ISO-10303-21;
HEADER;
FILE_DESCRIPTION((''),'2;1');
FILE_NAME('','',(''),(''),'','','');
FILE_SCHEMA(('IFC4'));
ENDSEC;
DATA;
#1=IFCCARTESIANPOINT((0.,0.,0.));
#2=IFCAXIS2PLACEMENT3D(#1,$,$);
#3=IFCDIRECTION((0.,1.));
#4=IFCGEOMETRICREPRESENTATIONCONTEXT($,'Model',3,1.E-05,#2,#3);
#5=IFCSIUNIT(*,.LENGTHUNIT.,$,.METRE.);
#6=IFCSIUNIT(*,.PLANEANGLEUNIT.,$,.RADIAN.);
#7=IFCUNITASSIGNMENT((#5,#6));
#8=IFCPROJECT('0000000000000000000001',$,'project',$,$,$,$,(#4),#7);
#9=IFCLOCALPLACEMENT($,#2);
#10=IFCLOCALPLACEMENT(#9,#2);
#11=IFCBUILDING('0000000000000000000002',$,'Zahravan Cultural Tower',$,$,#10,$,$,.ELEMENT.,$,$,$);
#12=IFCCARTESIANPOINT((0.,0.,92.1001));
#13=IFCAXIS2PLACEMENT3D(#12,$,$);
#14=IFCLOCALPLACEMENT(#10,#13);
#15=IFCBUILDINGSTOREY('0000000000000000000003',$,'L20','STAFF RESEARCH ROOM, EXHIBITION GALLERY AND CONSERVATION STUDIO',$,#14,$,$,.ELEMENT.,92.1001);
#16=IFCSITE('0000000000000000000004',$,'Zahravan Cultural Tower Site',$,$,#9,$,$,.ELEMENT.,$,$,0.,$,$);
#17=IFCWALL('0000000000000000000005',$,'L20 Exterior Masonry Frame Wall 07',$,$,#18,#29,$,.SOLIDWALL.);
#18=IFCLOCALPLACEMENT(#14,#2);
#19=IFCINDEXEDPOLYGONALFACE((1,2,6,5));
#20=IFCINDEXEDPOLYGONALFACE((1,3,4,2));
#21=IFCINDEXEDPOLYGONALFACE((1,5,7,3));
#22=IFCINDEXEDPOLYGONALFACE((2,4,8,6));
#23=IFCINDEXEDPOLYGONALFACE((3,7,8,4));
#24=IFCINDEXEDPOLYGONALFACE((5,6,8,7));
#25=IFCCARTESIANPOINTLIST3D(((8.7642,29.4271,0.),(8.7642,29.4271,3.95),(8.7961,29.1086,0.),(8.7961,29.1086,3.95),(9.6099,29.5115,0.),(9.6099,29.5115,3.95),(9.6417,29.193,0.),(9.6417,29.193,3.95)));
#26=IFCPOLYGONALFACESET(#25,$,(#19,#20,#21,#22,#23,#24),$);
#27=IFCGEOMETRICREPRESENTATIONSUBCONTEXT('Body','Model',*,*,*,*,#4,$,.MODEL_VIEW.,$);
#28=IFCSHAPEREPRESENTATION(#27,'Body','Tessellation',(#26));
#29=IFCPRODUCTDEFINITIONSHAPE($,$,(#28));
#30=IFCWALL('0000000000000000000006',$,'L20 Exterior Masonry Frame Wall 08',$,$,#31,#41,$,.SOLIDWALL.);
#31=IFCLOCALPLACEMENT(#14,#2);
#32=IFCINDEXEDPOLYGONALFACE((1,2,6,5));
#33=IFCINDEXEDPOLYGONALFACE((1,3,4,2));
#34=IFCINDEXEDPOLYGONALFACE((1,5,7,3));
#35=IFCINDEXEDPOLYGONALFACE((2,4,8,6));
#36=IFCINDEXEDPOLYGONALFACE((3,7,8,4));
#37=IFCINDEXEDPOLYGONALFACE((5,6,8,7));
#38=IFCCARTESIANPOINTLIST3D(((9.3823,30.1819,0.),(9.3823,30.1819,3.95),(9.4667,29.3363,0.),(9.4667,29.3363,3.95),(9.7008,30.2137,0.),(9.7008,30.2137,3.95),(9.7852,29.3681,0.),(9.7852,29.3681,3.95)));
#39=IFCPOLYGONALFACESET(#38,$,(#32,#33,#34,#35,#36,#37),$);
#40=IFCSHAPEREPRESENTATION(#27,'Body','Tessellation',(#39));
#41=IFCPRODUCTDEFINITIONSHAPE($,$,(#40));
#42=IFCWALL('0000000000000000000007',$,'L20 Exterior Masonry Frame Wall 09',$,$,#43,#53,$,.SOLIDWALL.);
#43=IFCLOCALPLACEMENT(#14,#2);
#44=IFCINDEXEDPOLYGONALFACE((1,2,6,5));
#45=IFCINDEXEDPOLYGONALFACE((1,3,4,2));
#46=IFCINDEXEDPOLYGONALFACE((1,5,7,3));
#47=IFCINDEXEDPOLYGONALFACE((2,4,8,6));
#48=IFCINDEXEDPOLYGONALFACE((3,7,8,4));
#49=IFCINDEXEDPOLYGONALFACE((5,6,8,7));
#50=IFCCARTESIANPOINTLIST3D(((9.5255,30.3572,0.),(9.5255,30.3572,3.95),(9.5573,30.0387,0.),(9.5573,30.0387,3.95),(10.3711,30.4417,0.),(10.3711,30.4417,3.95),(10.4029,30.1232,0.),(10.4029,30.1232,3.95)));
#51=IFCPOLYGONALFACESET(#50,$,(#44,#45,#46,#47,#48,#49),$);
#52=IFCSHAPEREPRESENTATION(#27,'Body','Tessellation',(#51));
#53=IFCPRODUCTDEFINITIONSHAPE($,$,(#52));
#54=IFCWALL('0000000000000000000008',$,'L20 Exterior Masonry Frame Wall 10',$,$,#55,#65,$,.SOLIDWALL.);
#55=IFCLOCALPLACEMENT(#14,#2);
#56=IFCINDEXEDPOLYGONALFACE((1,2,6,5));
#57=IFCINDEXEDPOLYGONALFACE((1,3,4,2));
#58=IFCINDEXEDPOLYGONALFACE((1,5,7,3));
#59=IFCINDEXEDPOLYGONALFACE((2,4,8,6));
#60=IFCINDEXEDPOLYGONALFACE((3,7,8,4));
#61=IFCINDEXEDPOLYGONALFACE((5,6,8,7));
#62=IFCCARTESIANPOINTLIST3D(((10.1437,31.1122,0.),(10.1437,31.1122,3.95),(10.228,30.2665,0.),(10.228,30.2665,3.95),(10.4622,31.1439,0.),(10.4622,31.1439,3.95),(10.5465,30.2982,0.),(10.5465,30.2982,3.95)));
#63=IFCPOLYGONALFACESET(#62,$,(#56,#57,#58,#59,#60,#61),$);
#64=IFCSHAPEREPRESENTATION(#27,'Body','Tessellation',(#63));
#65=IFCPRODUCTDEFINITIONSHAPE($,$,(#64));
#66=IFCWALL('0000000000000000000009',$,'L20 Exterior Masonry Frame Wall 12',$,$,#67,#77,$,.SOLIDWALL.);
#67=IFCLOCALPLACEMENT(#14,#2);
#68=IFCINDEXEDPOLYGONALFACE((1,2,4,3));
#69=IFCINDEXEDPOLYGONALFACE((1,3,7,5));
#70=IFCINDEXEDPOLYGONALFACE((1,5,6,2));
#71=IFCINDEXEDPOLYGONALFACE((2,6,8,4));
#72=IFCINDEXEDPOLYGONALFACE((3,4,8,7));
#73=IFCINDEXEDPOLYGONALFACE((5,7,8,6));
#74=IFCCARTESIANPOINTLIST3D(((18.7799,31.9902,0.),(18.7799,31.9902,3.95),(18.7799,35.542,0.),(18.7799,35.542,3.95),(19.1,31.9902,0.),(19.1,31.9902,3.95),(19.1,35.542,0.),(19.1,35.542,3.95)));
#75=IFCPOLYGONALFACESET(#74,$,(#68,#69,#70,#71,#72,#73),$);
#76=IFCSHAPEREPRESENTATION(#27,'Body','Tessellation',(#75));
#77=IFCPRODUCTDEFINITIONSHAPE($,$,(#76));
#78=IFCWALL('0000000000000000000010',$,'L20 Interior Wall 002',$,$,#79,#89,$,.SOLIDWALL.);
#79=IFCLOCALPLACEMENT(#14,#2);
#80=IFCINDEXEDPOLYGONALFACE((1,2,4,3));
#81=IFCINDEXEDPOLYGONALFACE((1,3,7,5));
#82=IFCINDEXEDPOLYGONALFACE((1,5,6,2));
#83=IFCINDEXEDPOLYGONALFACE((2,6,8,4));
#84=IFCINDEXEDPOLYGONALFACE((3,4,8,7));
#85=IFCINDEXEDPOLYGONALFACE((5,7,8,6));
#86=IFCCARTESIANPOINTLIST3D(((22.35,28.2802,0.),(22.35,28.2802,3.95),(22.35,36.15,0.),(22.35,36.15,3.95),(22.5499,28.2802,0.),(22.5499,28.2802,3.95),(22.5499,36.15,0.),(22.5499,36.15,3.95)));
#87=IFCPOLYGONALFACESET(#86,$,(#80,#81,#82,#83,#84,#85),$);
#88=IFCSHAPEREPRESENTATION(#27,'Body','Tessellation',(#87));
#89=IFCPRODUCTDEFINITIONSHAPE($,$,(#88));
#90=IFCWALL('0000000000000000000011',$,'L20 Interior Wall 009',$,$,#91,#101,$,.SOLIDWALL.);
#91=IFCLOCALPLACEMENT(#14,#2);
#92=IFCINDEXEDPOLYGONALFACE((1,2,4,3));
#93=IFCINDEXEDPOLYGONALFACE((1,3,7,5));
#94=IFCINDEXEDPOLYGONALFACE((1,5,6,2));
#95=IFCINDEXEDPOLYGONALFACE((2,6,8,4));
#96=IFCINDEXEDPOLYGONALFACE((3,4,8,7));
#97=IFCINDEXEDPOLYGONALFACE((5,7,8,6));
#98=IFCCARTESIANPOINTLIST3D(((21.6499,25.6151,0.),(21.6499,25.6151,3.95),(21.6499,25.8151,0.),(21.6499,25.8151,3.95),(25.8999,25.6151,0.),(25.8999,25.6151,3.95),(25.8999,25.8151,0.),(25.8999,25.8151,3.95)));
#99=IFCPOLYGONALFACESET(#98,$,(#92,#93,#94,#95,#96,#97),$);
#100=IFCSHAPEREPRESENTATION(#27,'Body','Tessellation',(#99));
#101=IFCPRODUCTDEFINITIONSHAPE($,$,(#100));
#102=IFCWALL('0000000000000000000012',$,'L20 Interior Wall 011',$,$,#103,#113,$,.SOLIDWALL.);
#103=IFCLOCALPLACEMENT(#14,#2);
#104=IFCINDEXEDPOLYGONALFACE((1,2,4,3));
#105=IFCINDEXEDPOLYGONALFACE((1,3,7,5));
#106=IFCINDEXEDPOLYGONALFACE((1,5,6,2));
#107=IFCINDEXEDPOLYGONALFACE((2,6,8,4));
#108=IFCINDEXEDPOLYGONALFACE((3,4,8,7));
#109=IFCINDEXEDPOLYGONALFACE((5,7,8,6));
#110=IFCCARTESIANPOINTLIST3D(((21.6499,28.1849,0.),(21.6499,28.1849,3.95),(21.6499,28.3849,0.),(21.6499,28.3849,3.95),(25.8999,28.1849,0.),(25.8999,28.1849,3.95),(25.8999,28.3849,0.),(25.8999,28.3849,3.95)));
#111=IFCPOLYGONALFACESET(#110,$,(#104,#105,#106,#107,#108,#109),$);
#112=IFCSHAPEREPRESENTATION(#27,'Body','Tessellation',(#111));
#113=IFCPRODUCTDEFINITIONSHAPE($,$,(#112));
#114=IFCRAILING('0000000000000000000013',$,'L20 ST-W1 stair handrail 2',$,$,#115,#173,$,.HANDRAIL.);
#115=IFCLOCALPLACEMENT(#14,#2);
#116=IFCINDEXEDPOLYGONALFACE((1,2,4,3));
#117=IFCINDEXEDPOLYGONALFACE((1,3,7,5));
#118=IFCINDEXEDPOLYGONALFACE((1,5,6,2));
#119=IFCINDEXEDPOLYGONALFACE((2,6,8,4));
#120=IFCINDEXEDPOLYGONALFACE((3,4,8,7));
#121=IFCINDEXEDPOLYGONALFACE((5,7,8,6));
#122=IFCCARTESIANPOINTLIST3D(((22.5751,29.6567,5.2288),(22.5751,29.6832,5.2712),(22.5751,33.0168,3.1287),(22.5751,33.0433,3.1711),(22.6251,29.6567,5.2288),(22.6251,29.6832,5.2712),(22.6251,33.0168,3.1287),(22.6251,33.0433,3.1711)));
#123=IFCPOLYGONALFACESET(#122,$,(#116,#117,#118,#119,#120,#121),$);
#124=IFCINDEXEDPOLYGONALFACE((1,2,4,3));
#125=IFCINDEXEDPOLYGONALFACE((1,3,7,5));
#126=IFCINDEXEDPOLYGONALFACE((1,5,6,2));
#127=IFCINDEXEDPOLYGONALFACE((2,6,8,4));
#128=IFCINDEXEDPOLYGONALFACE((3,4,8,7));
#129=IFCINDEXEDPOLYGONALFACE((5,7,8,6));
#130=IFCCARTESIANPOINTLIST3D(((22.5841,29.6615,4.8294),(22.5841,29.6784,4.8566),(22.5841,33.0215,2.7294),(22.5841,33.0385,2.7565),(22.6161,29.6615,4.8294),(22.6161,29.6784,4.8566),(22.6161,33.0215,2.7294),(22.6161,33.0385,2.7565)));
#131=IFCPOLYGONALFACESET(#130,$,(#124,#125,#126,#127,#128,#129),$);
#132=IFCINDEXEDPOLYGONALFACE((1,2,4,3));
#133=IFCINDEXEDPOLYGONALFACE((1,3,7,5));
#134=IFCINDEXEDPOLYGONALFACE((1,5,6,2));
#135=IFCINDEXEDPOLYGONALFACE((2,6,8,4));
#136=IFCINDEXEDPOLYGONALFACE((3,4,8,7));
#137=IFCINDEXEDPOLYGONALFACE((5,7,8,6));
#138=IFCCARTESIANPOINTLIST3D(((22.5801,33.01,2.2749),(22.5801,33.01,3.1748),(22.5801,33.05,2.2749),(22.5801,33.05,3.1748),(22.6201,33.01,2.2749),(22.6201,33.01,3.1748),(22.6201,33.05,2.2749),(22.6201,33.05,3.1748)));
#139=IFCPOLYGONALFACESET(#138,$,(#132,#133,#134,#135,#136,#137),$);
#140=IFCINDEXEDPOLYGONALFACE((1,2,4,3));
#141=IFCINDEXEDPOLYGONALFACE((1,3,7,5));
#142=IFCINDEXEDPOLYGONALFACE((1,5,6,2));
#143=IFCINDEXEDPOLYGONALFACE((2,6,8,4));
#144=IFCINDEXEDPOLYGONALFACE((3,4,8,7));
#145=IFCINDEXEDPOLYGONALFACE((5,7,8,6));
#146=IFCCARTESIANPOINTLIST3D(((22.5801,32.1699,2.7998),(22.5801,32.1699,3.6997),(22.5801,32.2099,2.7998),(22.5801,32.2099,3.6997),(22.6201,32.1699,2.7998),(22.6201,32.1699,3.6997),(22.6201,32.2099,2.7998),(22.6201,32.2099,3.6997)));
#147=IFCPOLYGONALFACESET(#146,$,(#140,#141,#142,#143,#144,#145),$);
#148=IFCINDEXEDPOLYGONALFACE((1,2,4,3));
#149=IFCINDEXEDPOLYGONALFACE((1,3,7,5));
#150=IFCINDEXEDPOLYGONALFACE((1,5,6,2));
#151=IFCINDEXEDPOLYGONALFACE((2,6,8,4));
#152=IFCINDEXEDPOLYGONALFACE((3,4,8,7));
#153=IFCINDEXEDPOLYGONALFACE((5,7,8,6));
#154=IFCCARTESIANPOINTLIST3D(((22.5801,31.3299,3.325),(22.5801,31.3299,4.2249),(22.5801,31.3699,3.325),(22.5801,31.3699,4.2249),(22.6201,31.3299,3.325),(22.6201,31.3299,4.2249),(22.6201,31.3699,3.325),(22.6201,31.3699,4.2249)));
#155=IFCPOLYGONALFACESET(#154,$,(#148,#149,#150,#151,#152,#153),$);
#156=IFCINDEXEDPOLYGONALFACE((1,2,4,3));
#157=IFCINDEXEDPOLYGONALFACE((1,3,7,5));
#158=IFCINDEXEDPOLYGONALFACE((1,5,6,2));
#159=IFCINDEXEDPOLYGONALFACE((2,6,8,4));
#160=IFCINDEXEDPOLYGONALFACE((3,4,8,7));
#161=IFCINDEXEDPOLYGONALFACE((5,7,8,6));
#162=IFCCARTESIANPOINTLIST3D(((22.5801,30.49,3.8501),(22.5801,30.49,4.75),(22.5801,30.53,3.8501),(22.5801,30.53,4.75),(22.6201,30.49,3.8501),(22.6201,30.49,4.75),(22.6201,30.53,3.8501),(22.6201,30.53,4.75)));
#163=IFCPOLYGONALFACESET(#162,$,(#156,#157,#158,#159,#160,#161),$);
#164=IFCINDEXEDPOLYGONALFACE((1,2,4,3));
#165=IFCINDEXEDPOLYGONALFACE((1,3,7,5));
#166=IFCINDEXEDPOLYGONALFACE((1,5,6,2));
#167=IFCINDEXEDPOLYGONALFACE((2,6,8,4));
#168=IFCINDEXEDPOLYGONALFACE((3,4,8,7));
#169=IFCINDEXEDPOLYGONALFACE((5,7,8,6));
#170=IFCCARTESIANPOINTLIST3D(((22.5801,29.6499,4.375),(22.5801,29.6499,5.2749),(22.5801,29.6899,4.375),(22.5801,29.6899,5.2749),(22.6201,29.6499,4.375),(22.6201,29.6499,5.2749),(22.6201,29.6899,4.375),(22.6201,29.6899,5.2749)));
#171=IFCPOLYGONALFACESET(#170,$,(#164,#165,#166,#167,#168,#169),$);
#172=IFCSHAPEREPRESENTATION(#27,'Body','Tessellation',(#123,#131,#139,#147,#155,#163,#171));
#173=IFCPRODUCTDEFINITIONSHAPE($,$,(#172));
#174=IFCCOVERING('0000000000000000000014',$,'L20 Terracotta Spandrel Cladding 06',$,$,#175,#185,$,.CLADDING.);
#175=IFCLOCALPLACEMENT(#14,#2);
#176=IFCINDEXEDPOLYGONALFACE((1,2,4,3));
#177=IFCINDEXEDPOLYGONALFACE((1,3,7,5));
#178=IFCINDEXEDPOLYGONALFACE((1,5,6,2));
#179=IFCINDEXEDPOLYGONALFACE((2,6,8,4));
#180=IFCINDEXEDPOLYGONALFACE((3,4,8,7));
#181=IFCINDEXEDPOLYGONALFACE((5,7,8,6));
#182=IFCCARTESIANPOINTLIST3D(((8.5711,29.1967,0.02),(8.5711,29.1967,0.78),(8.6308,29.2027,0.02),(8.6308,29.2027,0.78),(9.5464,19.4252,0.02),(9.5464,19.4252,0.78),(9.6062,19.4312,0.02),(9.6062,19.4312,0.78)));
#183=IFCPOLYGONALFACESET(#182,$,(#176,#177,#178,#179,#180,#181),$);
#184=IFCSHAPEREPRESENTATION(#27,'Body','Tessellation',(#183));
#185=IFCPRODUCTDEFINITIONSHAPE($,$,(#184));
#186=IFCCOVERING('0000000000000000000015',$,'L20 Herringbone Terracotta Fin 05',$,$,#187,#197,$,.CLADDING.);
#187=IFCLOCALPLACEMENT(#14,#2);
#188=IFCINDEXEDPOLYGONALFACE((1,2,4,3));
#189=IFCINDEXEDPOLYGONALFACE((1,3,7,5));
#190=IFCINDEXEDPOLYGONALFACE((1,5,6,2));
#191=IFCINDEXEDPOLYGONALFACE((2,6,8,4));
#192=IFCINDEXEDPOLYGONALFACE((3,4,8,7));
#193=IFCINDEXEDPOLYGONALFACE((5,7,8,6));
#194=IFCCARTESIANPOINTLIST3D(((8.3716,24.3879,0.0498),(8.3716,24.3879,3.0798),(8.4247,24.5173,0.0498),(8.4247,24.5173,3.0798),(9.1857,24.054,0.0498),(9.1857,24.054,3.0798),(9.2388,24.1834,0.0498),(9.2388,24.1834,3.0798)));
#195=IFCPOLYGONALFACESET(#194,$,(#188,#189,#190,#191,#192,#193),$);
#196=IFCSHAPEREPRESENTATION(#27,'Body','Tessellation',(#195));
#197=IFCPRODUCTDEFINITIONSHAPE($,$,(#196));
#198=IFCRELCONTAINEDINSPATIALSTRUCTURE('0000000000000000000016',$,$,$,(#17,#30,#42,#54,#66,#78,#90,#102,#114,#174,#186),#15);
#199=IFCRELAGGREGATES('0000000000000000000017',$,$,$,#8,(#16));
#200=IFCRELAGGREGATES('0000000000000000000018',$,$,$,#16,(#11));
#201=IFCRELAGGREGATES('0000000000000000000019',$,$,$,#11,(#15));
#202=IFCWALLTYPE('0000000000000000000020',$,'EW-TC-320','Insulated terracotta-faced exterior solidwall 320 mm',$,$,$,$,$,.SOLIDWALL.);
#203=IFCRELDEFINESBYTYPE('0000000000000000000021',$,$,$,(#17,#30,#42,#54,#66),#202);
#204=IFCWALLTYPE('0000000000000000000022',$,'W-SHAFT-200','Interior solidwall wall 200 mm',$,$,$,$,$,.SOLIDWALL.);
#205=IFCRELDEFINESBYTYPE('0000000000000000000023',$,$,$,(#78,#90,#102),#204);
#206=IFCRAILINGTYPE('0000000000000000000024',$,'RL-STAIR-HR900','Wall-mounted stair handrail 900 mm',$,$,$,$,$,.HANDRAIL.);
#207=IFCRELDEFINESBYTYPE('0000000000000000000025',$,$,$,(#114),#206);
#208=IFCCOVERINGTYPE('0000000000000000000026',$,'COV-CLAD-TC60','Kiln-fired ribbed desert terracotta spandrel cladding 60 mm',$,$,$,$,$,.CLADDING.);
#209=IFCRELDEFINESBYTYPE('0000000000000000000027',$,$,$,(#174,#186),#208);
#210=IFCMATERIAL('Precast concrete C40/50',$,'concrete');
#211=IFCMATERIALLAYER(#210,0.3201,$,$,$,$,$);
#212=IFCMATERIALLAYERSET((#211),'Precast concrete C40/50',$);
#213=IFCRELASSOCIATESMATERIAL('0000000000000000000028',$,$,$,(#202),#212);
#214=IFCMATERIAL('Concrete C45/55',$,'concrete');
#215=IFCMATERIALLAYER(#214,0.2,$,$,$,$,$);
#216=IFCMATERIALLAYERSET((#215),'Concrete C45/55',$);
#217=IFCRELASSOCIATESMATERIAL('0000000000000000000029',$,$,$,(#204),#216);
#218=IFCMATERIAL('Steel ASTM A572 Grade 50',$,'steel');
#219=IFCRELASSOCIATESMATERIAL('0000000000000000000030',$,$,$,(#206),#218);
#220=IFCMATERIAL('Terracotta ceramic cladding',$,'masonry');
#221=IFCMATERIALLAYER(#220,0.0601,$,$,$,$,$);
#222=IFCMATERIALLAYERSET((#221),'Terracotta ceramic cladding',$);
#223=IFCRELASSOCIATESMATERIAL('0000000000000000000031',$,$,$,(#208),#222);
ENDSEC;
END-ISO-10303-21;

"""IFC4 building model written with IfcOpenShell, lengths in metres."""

from ifc_helpers import new_model, si_unit, direction, frame, frame_2d, origin, origin_2d, place, context, subcontext, project, spatial, rectangle, extrude, source, transform, mapped, material, layer, layer_set, type_object, element, save


model = new_model("IFC4")

# Units and contexts
model_context = context("Model", 3, precision=1e-05, world=origin(), true_north=direction((0.0, 1.0)))
body_context = subcontext(model_context, "Body", "Model", "MODEL_VIEW")
ifc_project = project(units=[si_unit("LENGTHUNIT", "METRE"), si_unit("PLANEANGLEUNIT", "RADIAN")], contexts=[model_context])

# Site, building, storey
site_placement = place(None, origin())
site = spatial("IfcSite", under=ifc_project, at=site_placement, Name="Zahravan Cultural Tower Site", CompositionType="ELEMENT", RefElevation=0.0)
building_placement = place(site_placement, origin())
building = spatial("IfcBuilding", under=site, at=building_placement, Name="Zahravan Cultural Tower", CompositionType="ELEMENT")
storey_placement = place(building_placement, frame((0.0, 0.0, 92.1001)))
storey = spatial("IfcBuildingStorey", under=building, at=storey_placement, Name="L20", Description="STAFF RESEARCH ROOM, EXHIBITION GALLERY AND CONSERVATION STUDIO", CompositionType="ELEMENT", Elevation=92.1001)

# Shared definitions
ifc_material_1 = material(Name="Precast concrete C40/50", Category="concrete")
ifc_layer_1 = layer(ifc_material_1, 0.3201)
ifc_layer_set_1 = layer_set([ifc_layer_1], Name="Precast concrete C40/50")
wall_type_1 = type_object("IfcWallType", Name="EW-TC-320", Description="Insulated terracotta-faced exterior solidwall 320 mm", PredefinedType="SOLIDWALL", material=ifc_layer_set_1)

# Walls
shared_shape_1 = source(origin(), body_context, "Body", "SweptSolid", [
    extrude(rectangle(XDim=0.8499, YDim=0.3201, at=frame_2d((0.4248, 0.0))), origin(), (0.0, 0.0, 1.0), 3.95),
])
for number, where, z_axis, x_axis, name in (
    (1, (8.7803, 29.2678, 0.0), (0.0, 0.0, 1.0), (0.995049, 0.09939, 0.0), "L20 Exterior Masonry Frame Wall 07"),
    (2, (9.626, 29.3523, 0.0), (0.0, 0.0, 1.0), (-0.09939, 0.995049, 0.0), "L20 Exterior Masonry Frame Wall 08"),
    (3, (9.5415, 30.198, 0.0), (0.0, 0.0, 1.0), (0.995049, 0.09939, 0.0), "L20 Exterior Masonry Frame Wall 09"),
    (4, (10.3872, 30.2825, 0.0), (0.0, 0.0, 1.0), (-0.099106, 0.995077, 0.0), "L20 Exterior Masonry Frame Wall 10"),
):
    element("IfcWall", number, at=place(storey_placement, frame(where, z_axis=z_axis, x_axis=x_axis)), inside=storey, type_object=wall_type_1, Name=name, PredefinedType="SOLIDWALL", context=body_context, shape_type="MappedRepresentation", body=[
        mapped(shared_shape_1, transform((0.0, 0.0, 0.0), x_axis=(1.0, 0.0, 0.0), y_axis=(0.0, 1.0, 0.0), z_axis=(0.0, 0.0, 1.0), scale=1.0)),
    ])
shared_shape_2 = source(origin(), body_context, "Body", "SweptSolid", [
    extrude(rectangle(XDim=3.5518, YDim=0.3201, at=frame_2d((1.7759, 0.0))), origin(), (0.0, 0.0, 1.0), 3.95),
])
wall_1_placement = place(storey_placement, frame((18.9399, 31.9902, 0.0), z_axis=(0.0, 0.0, 1.0), x_axis=(0.0, 1.0, 0.0)))
element("IfcWall", 5, at=wall_1_placement, inside=storey, type_object=wall_type_1, Name="L20 Exterior Masonry Frame Wall 12", PredefinedType="SOLIDWALL", context=body_context, shape_type="MappedRepresentation", body=[
    mapped(shared_shape_2, transform((0.0, 0.0, 0.0), x_axis=(1.0, 0.0, 0.0), y_axis=(0.0, 1.0, 0.0), z_axis=(0.0, 0.0, 1.0), scale=1.0)),
])
ifc_material_2 = material(Name="Concrete C45/55", Category="concrete")
ifc_layer_2 = layer(ifc_material_2, 0.2)
ifc_layer_set_2 = layer_set([ifc_layer_2], Name="Concrete C45/55")
wall_type_2 = type_object("IfcWallType", Name="W-SHAFT-200", Description="Interior solidwall wall 200 mm", PredefinedType="SOLIDWALL", material=ifc_layer_set_2)
shared_shape_3 = source(origin(), body_context, "Body", "SweptSolid", [
    extrude(rectangle(XDim=7.8699, YDim=0.2, at=frame_2d((3.9351, 0.0))), origin(), (0.0, 0.0, 1.0), 3.95),
])
wall_2_placement = place(storey_placement, frame((22.45, 28.28, 0.0), z_axis=(0.0, 0.0, 1.0), x_axis=(0.0, 1.0, 0.0)))
element("IfcWall", 6, at=wall_2_placement, inside=storey, type_object=wall_type_2, Name="L20 Interior Wall 002", PredefinedType="SOLIDWALL", context=body_context, shape_type="MappedRepresentation", body=[
    mapped(shared_shape_3, transform((0.0, 0.0, 0.0), x_axis=(1.0, 0.0, 0.0), y_axis=(0.0, 1.0, 0.0), z_axis=(0.0, 0.0, 1.0), scale=1.0)),
])
shared_shape_4 = source(origin(), body_context, "Body", "SweptSolid", [
    extrude(rectangle(XDim=4.25, YDim=0.2, at=frame_2d((2.125, 0.0))), origin(), (0.0, 0.0, 1.0), 3.95),
])
for number, where, z_axis, x_axis, name in (
    (7, (21.6499, 25.7151, 0.0), (0.0, 0.0, 1.0), (1.0, 0.0, 0.0), "L20 Interior Wall 009"),
    (8, (21.6499, 28.2849, 0.0), (0.0, 0.0, 1.0), (1.0, 0.0, 0.0), "L20 Interior Wall 011"),
):
    element("IfcWall", number, at=place(storey_placement, frame(where, z_axis=z_axis, x_axis=x_axis)), inside=storey, type_object=wall_type_2, Name=name, PredefinedType="SOLIDWALL", context=body_context, shape_type="MappedRepresentation", body=[
        mapped(shared_shape_4, transform((0.0, 0.0, 0.0), x_axis=(1.0, 0.0, 0.0), y_axis=(0.0, 1.0, 0.0), z_axis=(0.0, 0.0, 1.0), scale=1.0)),
    ])

# Railing
ifc_material_3 = material(Name="Steel ASTM A572 Grade 50", Category="steel")
railing_type = type_object("IfcRailingType", Name="RL-STAIR-HR900", Description="Wall-mounted stair handrail 900 mm", PredefinedType="HANDRAIL", material=ifc_material_3)
railing_placement = place(storey_placement, frame((22.6001, 33.03, 2.2749)))
element("IfcRailing", 9, at=railing_placement, inside=storey, type_object=railing_type, Name="L20 ST-W1 stair handrail 2", PredefinedType="HANDRAIL", context=body_context, shape_type="SweptSolid", body=[
    extrude(rectangle(XDim=0.05, YDim=0.05, at=origin_2d()), frame((0.0, 0.0, 0.875), z_axis=(0.0, -0.847995, 0.530004), x_axis=(1.0, 0.0, 0.0)), (0.0, 0.0, 1.0), 3.9624),
    extrude(rectangle(XDim=0.032, YDim=0.032, at=origin_2d()), frame((0.0, 0.0, 0.468), z_axis=(0.0, -0.847995, 0.530004), x_axis=(1.0, 0.0, 0.0)), (0.0, 0.0, 1.0), 3.9624),
    extrude(rectangle(XDim=0.04, YDim=0.04, at=origin_2d()), origin(), (0.0, 0.0, 1.0), 0.8999),
    extrude(rectangle(XDim=0.04, YDim=0.04, at=origin_2d()), frame((0.0, -0.8401, 0.5249)), (0.0, 0.0, 1.0), 0.8999),
    extrude(rectangle(XDim=0.04, YDim=0.04, at=origin_2d()), frame((0.0, -1.6802, 1.05)), (0.0, 0.0, 1.0), 0.8999),
    extrude(rectangle(XDim=0.04, YDim=0.04, at=origin_2d()), frame((0.0, -2.52, 1.5752)), (0.0, 0.0, 1.0), 0.8999),
    extrude(rectangle(XDim=0.04, YDim=0.04, at=origin_2d()), frame((0.0, -3.3601, 2.1001)), (0.0, 0.0, 1.0), 0.8999),
])

# Coverings
ifc_material_4 = material(Name="Terracotta ceramic cladding", Category="masonry")
ifc_layer_3 = layer(ifc_material_4, 0.0601)
ifc_layer_set_3 = layer_set([ifc_layer_3], Name="Terracotta ceramic cladding")
covering_type = type_object("IfcCoveringType", Name="COV-CLAD-TC60", Description="Kiln-fired ribbed desert terracotta spandrel cladding 60 mm", PredefinedType="CLADDING", material=ifc_layer_set_3)
shared_shape_5 = source(origin(), body_context, "Body", "SweptSolid", [
    extrude(rectangle(XDim=9.8201, YDim=0.0601, at=origin_2d()), origin(), (0.0, 0.0, 1.0), 0.76),
])
covering_1_placement = place(storey_placement, frame((9.0886, 24.314, 0.02), z_axis=(0.0, 0.0, 1.0), x_axis=(-0.09932, 0.995056, 0.0)))
element("IfcCovering", 10, at=covering_1_placement, inside=storey, type_object=covering_type, Name="L20 Terracotta Spandrel Cladding 06", PredefinedType="CLADDING", context=body_context, shape_type="MappedRepresentation", body=[
    mapped(shared_shape_5, transform((0.0, 0.0, 0.0), x_axis=(1.0, 0.0, 0.0), y_axis=(0.0, 1.0, 0.0), z_axis=(0.0, 0.0, 1.0), scale=1.0)),
])
shared_shape_6 = source(origin(), body_context, "Body", "SweptSolid", [
    extrude(rectangle(XDim=0.8799, YDim=0.1399, at=origin_2d()), origin(), (0.0, 0.0, 1.0), 3.03),
])
for number, where, z_axis, x_axis, name in (
    (11, (8.8052, 24.2856, 0.0498), (0.0, 0.0, 1.0), (-0.92521, 0.379456, 0.0), "L20 Herringbone Terracotta Fin 05"),
):
    element("IfcCovering", number, at=place(storey_placement, frame(where, z_axis=z_axis, x_axis=x_axis)), inside=storey, type_object=covering_type, Name=name, PredefinedType="CLADDING", context=body_context, shape_type="MappedRepresentation", body=[
        mapped(shared_shape_6, transform((0.0, 0.0, 0.0), x_axis=(1.0, 0.0, 0.0), y_axis=(0.0, 1.0, 0.0), z_axis=(0.0, 0.0, 1.0), scale=1.0)),
    ])

save(model, "model.ifc")
